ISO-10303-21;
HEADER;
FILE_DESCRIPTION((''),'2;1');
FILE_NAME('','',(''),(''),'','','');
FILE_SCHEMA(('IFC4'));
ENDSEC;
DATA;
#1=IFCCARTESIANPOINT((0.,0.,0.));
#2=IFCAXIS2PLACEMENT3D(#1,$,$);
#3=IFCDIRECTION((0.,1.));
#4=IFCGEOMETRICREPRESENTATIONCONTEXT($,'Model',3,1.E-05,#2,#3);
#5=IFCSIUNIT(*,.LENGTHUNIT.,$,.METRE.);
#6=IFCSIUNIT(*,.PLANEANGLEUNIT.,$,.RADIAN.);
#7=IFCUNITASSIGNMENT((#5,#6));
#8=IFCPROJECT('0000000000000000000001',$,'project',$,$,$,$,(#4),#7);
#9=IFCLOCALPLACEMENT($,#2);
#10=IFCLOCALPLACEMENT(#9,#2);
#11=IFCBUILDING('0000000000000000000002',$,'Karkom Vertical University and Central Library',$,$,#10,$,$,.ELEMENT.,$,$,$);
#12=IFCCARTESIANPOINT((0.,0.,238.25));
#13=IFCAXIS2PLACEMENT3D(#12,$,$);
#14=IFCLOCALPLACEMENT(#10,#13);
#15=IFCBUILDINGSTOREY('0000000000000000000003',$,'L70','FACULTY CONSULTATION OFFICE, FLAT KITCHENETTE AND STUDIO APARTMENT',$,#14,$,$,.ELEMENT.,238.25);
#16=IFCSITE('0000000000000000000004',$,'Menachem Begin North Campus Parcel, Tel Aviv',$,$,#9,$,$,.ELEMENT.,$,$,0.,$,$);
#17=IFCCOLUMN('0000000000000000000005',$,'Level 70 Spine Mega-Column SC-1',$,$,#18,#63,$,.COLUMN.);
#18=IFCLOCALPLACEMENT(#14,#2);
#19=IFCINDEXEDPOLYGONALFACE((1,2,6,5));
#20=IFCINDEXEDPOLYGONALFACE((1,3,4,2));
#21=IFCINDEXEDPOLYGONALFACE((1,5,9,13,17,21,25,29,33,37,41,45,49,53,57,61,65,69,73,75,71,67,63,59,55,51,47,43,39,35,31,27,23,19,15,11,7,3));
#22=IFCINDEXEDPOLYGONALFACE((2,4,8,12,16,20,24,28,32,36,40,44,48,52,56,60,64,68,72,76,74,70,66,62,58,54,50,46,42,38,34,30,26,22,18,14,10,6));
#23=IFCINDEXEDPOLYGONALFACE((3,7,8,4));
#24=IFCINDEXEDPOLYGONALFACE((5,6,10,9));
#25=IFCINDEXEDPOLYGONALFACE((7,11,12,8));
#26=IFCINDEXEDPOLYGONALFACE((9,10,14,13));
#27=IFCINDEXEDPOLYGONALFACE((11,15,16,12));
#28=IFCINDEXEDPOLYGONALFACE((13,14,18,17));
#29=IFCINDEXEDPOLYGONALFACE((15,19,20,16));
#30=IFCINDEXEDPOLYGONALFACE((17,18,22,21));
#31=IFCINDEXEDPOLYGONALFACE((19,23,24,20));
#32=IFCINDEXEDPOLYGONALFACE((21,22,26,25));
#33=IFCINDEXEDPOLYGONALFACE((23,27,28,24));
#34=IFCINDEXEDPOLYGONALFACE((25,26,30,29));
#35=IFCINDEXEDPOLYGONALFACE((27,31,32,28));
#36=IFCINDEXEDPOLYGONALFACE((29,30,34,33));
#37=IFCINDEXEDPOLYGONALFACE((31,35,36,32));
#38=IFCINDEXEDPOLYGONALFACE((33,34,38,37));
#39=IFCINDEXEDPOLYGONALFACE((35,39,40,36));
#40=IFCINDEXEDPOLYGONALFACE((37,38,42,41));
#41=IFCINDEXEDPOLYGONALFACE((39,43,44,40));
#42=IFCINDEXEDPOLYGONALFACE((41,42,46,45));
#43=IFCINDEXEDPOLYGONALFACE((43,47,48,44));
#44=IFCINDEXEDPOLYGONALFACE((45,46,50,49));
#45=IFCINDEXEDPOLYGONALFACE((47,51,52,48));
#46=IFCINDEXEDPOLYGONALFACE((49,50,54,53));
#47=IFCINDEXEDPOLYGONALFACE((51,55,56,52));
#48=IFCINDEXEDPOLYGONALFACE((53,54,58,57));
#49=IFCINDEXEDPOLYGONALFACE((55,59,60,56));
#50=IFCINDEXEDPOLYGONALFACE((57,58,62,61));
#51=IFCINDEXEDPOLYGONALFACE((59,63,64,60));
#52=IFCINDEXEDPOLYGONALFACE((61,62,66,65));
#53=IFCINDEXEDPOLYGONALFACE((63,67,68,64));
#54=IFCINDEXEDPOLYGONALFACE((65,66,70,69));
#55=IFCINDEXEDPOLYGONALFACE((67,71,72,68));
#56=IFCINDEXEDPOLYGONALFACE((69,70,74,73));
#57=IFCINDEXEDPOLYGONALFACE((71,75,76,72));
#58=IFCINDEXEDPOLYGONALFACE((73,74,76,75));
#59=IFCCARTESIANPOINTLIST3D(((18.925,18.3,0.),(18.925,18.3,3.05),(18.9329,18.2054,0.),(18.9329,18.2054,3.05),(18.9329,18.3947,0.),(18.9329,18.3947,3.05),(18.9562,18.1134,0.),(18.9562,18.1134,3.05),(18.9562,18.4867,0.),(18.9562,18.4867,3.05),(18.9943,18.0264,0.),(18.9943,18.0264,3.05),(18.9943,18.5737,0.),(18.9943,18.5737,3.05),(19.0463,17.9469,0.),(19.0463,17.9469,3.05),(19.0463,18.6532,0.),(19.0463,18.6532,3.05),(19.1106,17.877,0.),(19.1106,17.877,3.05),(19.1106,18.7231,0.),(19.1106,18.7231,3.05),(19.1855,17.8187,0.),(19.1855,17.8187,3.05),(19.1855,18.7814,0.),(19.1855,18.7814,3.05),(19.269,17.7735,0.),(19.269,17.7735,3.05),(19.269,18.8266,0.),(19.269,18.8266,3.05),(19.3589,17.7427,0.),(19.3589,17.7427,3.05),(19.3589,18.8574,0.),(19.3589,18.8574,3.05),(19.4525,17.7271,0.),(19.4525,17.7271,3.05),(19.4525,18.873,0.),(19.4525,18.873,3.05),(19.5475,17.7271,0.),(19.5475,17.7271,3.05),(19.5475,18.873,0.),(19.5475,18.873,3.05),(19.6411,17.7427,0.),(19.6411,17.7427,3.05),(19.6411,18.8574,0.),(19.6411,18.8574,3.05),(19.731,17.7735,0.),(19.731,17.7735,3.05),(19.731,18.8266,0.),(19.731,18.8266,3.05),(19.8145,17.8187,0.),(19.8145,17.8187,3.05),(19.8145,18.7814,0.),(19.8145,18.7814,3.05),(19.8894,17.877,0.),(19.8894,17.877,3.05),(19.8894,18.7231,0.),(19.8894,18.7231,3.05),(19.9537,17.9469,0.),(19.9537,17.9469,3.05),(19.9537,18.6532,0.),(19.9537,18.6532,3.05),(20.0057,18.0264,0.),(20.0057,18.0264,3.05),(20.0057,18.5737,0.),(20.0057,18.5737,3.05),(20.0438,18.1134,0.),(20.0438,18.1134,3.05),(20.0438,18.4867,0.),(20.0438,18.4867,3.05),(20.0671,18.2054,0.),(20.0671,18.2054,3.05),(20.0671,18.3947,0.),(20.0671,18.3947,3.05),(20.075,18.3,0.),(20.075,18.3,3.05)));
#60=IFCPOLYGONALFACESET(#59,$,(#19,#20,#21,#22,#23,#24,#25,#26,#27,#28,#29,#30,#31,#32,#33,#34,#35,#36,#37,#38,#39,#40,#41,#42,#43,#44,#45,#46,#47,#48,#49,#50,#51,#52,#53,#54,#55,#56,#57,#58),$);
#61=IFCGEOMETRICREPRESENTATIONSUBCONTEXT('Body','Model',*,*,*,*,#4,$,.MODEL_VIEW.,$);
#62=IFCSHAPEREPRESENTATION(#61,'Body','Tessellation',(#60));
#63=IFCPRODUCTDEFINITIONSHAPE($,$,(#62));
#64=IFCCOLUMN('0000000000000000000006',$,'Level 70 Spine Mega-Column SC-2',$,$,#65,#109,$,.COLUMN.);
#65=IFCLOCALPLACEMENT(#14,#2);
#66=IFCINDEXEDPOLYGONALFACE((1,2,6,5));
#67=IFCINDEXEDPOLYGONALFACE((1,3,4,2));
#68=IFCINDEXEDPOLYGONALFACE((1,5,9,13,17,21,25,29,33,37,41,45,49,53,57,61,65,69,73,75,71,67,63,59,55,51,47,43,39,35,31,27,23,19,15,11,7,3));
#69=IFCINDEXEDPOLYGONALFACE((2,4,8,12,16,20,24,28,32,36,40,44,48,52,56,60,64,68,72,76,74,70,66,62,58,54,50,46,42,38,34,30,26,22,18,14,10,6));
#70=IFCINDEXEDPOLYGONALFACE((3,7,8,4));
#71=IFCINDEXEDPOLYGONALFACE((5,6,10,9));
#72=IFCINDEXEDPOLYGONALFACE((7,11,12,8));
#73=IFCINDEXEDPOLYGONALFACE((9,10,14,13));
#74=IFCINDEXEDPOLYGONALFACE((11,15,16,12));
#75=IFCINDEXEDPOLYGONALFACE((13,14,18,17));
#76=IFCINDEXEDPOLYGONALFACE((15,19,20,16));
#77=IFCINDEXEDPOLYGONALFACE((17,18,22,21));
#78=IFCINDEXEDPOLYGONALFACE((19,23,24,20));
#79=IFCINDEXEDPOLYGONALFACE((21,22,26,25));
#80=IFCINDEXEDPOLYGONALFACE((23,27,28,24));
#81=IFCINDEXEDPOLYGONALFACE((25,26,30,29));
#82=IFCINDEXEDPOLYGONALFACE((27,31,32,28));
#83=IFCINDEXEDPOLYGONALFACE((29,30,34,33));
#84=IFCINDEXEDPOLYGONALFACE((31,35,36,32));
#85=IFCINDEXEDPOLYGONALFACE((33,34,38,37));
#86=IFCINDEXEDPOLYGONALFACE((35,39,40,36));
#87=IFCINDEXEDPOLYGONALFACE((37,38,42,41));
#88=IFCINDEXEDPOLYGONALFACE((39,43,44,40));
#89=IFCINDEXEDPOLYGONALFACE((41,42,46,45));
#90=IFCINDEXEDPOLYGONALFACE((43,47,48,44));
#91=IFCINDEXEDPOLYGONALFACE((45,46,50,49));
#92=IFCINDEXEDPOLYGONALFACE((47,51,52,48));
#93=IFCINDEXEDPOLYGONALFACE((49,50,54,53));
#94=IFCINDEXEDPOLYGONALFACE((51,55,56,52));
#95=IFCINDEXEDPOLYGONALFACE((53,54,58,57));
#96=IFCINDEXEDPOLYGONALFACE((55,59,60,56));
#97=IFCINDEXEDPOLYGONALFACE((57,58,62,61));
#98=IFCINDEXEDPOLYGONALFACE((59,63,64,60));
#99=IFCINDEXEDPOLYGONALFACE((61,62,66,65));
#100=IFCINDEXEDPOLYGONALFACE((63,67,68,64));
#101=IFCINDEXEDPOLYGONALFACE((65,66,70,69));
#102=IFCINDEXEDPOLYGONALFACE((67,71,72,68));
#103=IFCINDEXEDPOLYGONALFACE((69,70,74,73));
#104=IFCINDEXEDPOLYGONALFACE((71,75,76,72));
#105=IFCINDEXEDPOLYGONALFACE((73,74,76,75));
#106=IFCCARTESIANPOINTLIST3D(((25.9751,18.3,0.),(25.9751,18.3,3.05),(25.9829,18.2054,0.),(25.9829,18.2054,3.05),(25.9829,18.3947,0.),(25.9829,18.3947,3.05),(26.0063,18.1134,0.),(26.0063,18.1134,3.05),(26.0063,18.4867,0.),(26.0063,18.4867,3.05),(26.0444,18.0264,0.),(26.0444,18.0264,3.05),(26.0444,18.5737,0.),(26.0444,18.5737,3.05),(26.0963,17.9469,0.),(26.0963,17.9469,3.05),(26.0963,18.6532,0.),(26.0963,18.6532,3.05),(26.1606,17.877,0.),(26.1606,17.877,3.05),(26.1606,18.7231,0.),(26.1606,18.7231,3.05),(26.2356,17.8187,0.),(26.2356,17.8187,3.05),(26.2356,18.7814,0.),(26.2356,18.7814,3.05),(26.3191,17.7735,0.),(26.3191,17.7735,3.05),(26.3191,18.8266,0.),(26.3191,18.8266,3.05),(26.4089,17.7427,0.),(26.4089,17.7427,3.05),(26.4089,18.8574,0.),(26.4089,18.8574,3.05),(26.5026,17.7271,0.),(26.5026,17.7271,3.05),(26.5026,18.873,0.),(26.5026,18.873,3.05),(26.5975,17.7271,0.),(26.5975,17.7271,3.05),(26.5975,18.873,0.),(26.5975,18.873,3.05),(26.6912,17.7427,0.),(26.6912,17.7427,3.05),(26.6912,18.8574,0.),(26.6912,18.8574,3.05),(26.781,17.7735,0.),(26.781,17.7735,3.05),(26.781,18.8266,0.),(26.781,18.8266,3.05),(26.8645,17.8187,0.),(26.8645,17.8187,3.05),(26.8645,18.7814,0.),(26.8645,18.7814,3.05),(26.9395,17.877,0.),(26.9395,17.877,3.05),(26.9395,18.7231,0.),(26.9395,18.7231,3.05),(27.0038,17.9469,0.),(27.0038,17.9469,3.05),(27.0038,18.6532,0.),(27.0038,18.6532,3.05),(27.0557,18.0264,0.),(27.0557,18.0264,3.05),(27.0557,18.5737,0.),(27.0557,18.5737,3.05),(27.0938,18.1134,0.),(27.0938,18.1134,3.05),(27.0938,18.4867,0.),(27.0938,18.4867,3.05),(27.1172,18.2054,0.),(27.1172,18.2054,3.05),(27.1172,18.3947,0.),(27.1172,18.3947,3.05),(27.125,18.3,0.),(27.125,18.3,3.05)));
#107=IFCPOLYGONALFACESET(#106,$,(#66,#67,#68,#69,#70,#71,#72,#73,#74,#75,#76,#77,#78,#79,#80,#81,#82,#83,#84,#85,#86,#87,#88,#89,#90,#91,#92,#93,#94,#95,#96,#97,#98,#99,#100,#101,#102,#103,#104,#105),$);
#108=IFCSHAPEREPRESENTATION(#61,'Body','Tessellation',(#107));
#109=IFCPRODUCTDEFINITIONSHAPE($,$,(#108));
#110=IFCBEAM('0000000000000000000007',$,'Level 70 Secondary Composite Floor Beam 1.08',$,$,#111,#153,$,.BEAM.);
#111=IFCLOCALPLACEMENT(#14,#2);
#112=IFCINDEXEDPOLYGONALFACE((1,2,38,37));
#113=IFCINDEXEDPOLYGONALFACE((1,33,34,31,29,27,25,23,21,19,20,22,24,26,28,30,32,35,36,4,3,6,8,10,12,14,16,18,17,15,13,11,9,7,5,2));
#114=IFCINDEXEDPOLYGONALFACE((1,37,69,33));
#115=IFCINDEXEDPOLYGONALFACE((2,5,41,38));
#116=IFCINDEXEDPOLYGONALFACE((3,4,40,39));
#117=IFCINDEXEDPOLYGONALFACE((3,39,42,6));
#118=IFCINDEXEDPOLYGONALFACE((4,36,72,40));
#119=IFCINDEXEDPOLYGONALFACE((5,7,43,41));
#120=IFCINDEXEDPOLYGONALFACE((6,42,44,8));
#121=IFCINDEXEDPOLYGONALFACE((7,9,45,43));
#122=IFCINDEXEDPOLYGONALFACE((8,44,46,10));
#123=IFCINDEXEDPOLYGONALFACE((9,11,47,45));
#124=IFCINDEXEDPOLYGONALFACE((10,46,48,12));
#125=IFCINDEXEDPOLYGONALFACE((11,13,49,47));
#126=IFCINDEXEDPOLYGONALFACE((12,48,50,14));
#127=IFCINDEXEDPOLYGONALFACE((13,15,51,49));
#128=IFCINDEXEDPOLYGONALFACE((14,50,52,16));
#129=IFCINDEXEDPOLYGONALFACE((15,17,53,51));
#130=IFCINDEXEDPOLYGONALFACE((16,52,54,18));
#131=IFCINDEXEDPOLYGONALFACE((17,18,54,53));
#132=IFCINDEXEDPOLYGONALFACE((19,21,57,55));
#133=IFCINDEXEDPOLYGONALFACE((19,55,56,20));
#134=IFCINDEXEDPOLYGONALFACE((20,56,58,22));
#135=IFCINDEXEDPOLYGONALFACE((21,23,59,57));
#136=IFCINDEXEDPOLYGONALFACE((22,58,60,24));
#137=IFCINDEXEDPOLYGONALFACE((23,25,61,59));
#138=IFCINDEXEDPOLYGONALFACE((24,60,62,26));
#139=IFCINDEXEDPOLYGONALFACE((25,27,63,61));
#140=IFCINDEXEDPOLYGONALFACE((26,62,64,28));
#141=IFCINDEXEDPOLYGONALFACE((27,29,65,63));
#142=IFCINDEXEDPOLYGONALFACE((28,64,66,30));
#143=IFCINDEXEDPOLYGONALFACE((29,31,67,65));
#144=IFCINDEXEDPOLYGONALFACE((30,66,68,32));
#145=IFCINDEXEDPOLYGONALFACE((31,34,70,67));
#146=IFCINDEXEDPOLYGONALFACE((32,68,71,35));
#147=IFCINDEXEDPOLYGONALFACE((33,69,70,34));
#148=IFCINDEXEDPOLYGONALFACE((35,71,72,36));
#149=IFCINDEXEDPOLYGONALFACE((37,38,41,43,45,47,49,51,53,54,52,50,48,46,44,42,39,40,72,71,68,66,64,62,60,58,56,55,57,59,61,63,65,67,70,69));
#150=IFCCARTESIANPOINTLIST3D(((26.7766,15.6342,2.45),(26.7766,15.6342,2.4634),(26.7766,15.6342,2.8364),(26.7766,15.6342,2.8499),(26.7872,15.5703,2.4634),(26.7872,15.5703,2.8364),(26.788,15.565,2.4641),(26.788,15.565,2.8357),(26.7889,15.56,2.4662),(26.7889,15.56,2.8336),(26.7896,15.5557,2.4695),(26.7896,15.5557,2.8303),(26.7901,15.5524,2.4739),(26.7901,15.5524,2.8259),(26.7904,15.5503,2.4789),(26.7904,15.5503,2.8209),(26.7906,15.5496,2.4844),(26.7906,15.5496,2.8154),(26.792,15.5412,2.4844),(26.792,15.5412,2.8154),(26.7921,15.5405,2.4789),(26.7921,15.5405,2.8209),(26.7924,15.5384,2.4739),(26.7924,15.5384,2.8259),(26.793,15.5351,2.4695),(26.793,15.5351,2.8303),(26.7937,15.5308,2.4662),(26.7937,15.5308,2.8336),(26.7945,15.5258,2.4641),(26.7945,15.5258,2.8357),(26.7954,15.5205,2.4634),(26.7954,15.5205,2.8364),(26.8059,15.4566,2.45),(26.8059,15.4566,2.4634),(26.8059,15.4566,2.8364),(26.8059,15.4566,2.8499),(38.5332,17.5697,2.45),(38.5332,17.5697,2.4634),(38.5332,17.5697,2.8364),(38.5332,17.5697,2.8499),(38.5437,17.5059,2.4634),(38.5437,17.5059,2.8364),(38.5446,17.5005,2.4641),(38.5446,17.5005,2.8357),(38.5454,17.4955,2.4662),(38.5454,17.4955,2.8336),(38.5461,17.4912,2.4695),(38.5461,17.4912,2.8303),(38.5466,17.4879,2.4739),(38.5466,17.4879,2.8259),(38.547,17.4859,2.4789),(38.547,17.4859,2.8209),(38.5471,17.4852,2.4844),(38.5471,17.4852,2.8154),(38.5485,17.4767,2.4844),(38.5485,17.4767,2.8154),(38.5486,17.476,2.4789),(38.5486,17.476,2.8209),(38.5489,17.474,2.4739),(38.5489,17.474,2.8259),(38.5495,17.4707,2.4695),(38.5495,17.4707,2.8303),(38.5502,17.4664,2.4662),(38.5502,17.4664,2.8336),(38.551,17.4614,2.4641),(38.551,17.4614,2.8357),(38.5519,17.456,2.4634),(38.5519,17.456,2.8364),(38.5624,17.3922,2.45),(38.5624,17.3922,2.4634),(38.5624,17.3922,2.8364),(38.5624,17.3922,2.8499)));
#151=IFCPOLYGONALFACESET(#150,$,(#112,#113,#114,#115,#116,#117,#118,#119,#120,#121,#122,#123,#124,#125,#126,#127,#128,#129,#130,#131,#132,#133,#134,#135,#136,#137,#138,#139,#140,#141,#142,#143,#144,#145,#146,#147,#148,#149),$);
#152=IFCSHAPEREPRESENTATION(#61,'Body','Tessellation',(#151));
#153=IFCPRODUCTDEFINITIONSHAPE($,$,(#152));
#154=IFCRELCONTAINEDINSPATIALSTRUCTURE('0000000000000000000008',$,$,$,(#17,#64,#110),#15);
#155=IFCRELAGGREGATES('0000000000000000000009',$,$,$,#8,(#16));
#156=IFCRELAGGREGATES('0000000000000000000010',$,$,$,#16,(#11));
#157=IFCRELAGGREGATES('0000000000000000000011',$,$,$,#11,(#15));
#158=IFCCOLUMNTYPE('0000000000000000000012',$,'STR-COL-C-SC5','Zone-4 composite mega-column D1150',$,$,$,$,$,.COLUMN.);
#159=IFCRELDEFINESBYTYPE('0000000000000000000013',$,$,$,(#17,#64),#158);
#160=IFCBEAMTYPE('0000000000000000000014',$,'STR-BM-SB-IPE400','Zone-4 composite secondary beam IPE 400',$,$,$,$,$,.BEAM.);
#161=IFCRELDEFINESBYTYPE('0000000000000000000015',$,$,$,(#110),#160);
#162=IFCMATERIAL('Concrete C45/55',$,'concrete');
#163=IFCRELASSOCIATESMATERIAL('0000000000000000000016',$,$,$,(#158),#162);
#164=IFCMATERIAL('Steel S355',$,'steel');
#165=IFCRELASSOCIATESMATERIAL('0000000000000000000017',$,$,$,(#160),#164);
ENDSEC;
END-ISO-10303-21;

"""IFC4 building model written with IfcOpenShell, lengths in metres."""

from ifc_helpers import new_model, si_unit, direction, frame, origin, origin_with_axes, origin_2d, place, context, subcontext, project, spatial, circle, i_section, extrude, source, transform, mapped, material, material_profile, profile_set, type_object, element, save


model = new_model("IFC4")

# Units and contexts
model_context = context("Model", 3, precision=1e-05, world=origin(), true_north=direction((0.0, 1.0)))
body_context = subcontext(model_context, "Body", "Model", "MODEL_VIEW")
ifc_project = project(units=[si_unit("LENGTHUNIT", "METRE"), si_unit("PLANEANGLEUNIT", "RADIAN")], contexts=[model_context])

# Site, building, storey
site_placement = place(None, origin())
site = spatial("IfcSite", under=ifc_project, at=site_placement, Name="Menachem Begin North Campus Parcel, Tel Aviv", CompositionType="ELEMENT", RefElevation=0.0)
building_placement = place(site_placement, origin())
building = spatial("IfcBuilding", under=site, at=building_placement, Name="Karkom Vertical University and Central Library", CompositionType="ELEMENT")
storey_placement = place(building_placement, frame((0.0, 0.0, 238.25)))
storey = spatial("IfcBuildingStorey", under=building, at=storey_placement, Name="L70", Description="FACULTY CONSULTATION OFFICE, FLAT KITCHENETTE AND STUDIO APARTMENT", CompositionType="ELEMENT", Elevation=238.25)

# Columns
ifc_material_1 = material(Name="Concrete C45/55", Category="concrete")
ifc_material_profile_1 = material_profile(ifc_material_1, circle(Radius=0.575, at=origin_2d()), Name="CFT-D1150")
ifc_profile_set_1 = profile_set([ifc_material_profile_1], Name="Concrete C45/55")
column_type = type_object("IfcColumnType", Name="STR-COL-C-SC5", Description="Zone-4 composite mega-column D1150", PredefinedType="COLUMN", material=ifc_profile_set_1)
shared_shape_1 = source(origin_with_axes(), body_context, "Body", "SweptSolid", [
    extrude(circle(Radius=0.575, at=origin_2d()), origin(), (0.0, 0.0, 1.0), 3.05),
])
for number, where, z_axis, x_axis, name in (
    (1, (19.5, 18.3, 0.0), (0.0, 0.0, 1.0), (1.0, 0.0, 0.0), "Level 70 Spine Mega-Column SC-1"),
    (2, (26.55, 18.3, 0.0), (0.0, 0.0, 1.0), (1.0, 0.0, 0.0), "Level 70 Spine Mega-Column SC-2"),
):
    element("IfcColumn", number, at=place(storey_placement, frame(where, z_axis=z_axis, x_axis=x_axis)), inside=storey, type_object=column_type, Name=name, PredefinedType="COLUMN", context=body_context, shape_type="MappedRepresentation", body=[
        mapped(shared_shape_1, transform((0.0, 0.0, 0.0), scale=1.0)),
    ])

# Beam
ifc_material_2 = material(Name="Steel S355", Category="steel")
ifc_material_profile_2 = material_profile(ifc_material_2, i_section(OverallWidth=0.1799, OverallDepth=0.3999, WebThickness=0.0085, FlangeThickness=0.0134, FilletRadius=0.021, at=origin_2d()), Name="IPE 400")
ifc_profile_set_2 = profile_set([ifc_material_profile_2], Name="Steel S355")
beam_type_1 = type_object("IfcBeamType", Name="STR-BM-SB-IPE400", Description="Zone-4 composite secondary beam IPE 400", PredefinedType="BEAM", material=ifc_profile_set_2)
shared_shape_2 = source(origin_with_axes(), body_context, "Body", "SweptSolid", [
    extrude(i_section(OverallWidth=0.1799, OverallDepth=0.3999, WebThickness=0.0085, FlangeThickness=0.0134, FilletRadius=0.021, at=origin_2d()), origin(), (0.0, 0.0, 1.0), 11.9148),
])
beam_1_placement = place(storey_placement, frame((26.7913, 15.5454, 2.6499), z_axis=(0.986717, 0.162448, 0.0), x_axis=(-0.162448, 0.986717, 0.0)))
element("IfcBeam", 3, at=beam_1_placement, inside=storey, type_object=beam_type_1, Name="Level 70 Secondary Composite Floor Beam 1.08", PredefinedType="BEAM", context=body_context, shape_type="MappedRepresentation", body=[
    mapped(shared_shape_2, transform((0.0, 0.0, 0.0), scale=1.0)),
])

save(model, "model.ifc")
